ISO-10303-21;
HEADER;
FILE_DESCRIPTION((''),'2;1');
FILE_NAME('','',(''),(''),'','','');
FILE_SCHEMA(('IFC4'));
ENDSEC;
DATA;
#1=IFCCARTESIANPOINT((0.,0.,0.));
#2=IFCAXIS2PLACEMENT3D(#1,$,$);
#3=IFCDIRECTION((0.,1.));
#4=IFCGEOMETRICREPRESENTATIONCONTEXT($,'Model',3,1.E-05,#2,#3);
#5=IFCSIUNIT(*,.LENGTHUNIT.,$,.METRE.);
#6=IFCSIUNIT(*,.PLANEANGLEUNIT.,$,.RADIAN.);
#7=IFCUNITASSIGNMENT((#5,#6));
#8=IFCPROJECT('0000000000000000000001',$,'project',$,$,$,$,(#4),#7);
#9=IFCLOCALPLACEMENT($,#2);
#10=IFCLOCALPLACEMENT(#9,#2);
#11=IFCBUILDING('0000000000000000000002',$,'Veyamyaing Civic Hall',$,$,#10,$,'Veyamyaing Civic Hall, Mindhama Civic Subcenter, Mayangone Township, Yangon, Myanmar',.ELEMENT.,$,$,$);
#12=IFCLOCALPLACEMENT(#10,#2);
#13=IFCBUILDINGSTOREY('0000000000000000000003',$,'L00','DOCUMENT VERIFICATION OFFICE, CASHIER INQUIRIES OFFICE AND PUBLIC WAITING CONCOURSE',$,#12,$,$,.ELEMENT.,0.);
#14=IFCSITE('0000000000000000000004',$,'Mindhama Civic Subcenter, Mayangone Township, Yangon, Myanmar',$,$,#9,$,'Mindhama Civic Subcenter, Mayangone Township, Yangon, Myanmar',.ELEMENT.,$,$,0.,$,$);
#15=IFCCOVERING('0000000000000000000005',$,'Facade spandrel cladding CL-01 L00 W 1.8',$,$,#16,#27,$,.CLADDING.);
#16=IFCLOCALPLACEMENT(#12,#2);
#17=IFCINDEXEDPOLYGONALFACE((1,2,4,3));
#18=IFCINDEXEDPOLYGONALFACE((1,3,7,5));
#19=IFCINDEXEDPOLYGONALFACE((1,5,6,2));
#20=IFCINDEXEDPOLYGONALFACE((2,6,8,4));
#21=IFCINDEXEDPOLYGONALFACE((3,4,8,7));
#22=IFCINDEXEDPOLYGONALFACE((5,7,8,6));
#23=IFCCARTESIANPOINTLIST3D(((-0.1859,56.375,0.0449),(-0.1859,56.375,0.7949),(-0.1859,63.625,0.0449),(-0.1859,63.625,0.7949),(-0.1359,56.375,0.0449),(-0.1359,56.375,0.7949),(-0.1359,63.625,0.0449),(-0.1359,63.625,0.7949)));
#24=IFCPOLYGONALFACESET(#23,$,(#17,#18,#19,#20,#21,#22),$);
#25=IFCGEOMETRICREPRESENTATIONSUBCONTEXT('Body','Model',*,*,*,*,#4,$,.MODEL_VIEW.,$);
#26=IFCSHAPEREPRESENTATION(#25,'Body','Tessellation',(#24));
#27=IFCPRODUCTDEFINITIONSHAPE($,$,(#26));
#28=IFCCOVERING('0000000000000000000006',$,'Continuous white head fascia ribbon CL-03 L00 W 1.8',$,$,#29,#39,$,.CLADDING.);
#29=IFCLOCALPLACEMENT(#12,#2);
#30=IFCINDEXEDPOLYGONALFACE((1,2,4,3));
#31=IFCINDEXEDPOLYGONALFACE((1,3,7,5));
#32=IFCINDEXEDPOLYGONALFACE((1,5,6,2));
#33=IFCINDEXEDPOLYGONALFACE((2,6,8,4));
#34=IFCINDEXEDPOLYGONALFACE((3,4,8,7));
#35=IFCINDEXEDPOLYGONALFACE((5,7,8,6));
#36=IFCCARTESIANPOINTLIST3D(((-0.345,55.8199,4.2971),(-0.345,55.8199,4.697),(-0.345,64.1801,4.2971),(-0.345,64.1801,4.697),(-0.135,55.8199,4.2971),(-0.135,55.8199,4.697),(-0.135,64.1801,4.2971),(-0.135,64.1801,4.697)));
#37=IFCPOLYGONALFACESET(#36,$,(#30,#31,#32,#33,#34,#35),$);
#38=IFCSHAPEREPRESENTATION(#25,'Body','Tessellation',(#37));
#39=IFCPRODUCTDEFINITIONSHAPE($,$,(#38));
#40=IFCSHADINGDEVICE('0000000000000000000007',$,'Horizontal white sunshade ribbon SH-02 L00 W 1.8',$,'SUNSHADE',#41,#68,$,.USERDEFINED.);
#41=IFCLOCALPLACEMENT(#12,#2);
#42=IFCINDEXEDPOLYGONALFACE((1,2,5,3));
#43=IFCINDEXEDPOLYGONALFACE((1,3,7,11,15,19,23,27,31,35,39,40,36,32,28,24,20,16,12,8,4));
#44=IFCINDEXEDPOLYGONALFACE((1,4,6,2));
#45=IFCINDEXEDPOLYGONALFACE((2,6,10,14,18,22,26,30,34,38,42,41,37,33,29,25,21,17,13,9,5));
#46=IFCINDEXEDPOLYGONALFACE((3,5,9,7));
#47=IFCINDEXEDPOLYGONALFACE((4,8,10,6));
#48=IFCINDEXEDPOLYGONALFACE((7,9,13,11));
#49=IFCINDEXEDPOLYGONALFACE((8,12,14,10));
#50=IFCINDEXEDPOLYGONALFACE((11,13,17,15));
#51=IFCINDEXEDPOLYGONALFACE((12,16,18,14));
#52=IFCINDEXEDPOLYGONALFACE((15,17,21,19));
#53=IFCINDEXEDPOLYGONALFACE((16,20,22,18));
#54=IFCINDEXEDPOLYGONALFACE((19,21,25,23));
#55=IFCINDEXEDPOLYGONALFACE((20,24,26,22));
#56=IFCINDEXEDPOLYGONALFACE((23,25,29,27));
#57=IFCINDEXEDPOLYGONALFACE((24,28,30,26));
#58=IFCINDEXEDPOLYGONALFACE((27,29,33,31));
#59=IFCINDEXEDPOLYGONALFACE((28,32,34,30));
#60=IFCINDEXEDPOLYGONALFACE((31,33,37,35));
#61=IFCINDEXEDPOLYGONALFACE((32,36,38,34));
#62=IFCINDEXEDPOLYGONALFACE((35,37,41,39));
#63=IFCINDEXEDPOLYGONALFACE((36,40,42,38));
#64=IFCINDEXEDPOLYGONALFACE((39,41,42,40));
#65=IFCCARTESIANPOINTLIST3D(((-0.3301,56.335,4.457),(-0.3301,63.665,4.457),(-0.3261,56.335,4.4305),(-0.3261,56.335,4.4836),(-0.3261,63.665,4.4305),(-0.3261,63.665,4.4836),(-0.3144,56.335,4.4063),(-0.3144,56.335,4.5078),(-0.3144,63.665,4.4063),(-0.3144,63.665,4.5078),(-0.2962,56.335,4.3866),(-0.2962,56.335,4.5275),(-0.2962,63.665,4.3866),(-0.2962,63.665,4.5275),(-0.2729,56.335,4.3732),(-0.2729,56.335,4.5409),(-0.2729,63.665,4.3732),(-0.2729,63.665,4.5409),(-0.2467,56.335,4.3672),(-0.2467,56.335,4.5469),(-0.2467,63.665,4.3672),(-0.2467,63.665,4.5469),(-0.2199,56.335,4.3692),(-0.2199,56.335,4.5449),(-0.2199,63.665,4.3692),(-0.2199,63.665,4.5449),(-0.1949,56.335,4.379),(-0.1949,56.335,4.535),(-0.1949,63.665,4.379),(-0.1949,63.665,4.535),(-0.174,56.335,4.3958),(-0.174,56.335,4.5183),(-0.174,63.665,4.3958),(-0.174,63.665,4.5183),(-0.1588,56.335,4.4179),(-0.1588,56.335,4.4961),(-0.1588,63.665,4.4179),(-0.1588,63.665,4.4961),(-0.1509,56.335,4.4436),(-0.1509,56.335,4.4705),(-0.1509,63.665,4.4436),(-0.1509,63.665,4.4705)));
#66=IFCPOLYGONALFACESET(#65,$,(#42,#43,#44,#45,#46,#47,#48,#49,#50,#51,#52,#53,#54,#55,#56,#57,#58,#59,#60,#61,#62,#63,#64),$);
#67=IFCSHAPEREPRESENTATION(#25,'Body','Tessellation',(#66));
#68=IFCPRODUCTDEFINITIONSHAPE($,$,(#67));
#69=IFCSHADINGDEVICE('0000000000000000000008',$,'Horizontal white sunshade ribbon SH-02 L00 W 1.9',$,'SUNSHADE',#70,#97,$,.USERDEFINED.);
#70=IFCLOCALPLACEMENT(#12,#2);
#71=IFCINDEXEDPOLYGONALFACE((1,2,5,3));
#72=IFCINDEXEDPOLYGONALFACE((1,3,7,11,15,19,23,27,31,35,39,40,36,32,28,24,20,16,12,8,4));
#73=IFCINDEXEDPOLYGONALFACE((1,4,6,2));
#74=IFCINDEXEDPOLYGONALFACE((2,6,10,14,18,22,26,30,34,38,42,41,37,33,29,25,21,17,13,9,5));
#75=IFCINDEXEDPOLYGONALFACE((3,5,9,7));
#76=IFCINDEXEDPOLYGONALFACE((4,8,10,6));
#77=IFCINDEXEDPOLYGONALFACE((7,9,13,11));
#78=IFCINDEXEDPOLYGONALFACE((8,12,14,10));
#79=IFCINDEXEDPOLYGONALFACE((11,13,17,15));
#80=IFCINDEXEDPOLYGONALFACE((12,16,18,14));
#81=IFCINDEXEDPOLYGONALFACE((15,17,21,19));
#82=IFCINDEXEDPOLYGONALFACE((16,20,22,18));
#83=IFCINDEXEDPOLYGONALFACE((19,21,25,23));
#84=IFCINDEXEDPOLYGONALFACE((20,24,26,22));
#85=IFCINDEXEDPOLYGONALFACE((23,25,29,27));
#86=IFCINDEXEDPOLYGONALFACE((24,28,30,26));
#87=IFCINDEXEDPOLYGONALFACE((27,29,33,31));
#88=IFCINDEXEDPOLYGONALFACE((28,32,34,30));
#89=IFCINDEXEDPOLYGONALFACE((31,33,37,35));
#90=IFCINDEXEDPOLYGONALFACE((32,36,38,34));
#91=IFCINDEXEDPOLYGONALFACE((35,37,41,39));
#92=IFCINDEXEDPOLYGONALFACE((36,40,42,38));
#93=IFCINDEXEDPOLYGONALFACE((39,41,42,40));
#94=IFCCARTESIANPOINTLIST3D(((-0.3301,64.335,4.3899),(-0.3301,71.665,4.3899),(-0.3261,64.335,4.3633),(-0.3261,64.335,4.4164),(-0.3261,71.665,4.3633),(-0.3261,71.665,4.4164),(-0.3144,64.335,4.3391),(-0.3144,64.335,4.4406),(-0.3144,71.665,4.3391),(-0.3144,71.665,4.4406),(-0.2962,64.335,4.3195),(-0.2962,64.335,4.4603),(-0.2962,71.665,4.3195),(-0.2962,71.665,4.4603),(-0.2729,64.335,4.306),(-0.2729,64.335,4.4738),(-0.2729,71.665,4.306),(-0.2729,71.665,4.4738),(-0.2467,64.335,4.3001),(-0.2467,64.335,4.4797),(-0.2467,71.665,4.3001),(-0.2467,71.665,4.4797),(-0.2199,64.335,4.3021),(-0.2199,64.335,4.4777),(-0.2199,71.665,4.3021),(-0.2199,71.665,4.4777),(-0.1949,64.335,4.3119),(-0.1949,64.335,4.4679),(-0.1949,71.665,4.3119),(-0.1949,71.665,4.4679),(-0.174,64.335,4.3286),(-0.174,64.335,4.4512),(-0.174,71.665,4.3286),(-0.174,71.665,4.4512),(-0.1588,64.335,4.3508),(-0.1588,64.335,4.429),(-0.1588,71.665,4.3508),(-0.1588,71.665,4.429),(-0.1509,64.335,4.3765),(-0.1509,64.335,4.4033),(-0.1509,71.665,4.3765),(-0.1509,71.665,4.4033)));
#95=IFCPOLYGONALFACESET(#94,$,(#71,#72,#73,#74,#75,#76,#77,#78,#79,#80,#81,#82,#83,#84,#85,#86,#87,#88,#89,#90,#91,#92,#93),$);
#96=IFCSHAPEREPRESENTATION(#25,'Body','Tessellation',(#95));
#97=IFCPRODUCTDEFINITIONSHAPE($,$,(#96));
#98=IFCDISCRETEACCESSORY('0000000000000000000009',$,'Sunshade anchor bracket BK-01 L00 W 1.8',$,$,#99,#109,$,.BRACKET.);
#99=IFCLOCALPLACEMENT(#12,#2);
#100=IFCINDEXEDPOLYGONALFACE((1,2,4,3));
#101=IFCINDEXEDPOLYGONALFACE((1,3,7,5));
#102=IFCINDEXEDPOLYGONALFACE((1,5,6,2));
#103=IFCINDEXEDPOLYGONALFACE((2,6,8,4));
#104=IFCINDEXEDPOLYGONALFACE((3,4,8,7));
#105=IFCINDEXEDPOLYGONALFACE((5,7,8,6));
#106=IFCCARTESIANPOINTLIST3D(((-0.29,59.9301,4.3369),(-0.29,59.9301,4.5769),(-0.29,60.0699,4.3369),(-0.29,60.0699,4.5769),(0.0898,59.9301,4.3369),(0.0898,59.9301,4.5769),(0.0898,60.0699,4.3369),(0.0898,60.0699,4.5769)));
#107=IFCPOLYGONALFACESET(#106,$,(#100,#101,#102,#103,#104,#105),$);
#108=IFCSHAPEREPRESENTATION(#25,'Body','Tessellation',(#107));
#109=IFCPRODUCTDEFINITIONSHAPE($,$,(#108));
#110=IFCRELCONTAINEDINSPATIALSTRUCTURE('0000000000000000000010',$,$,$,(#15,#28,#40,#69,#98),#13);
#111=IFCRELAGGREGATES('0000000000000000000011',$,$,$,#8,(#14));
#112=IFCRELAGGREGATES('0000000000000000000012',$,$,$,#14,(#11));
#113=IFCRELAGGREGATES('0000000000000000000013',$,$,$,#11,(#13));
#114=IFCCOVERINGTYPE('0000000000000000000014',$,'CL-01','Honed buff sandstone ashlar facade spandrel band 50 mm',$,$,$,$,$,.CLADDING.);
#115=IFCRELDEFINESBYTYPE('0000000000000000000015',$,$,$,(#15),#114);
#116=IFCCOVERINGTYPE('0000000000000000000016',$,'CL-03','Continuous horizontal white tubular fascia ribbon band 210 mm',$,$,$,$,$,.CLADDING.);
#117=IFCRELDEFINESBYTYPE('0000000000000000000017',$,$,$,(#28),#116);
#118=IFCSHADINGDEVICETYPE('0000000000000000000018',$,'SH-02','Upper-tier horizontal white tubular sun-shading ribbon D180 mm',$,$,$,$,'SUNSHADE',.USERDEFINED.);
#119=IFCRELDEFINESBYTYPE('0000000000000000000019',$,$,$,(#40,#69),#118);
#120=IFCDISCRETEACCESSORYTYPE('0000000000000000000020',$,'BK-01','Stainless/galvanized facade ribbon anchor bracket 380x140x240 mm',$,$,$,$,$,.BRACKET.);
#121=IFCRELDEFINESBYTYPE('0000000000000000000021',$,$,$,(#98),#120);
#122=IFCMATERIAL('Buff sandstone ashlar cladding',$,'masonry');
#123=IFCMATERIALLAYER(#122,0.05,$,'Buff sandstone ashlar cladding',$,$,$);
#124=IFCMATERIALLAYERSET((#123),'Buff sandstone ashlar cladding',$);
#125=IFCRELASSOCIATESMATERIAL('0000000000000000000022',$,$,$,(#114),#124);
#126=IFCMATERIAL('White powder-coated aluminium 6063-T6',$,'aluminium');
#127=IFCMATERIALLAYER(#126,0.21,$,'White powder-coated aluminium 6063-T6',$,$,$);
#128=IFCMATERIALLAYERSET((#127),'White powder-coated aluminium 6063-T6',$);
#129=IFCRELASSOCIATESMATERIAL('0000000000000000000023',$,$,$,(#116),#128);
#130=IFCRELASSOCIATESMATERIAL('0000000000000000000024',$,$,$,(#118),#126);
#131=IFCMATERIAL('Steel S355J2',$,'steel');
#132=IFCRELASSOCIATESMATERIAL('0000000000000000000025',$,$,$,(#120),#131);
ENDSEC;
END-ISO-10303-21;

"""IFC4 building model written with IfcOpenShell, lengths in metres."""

from ifc_helpers import new_model, si_unit, direction, frame, origin, origin_2d, place, context, subcontext, project, spatial, rectangle, circle, extrude, material, layer, layer_set, material_profile, profile_set, type_object, element, save


model = new_model("IFC4")

# Units and contexts
model_context = context("Model", 3, precision=1e-05, world=origin(), true_north=direction((0.0, 1.0)))
body_context = subcontext(model_context, "Body", "Model", "MODEL_VIEW")
ifc_project = project(units=[si_unit("LENGTHUNIT", "METRE"), si_unit("PLANEANGLEUNIT", "RADIAN")], contexts=[model_context])

# Site, building, storey
site_placement = place(None, origin())
site = spatial("IfcSite", under=ifc_project, at=site_placement, Name="Mindhama Civic Subcenter, Mayangone Township, Yangon, Myanmar", LongName="Mindhama Civic Subcenter, Mayangone Township, Yangon, Myanmar", CompositionType="ELEMENT", RefElevation=0.0)
building_placement = place(site_placement, origin())
building = spatial("IfcBuilding", under=site, at=building_placement, Name="Veyamyaing Civic Hall", LongName="Veyamyaing Civic Hall, Mindhama Civic Subcenter, Mayangone Township, Yangon, Myanmar", CompositionType="ELEMENT")
storey_placement = place(building_placement, origin())
storey = spatial("IfcBuildingStorey", under=building, at=storey_placement, Name="L00", Description="DOCUMENT VERIFICATION OFFICE, CASHIER INQUIRIES OFFICE AND PUBLIC WAITING CONCOURSE", CompositionType="ELEMENT", Elevation=0.0)

# Coverings
ifc_material_1 = material(Name="Buff sandstone ashlar cladding", Category="masonry")
ifc_layer_1 = layer(ifc_material_1, 0.05, Name="Buff sandstone ashlar cladding")
ifc_layer_set_1 = layer_set([ifc_layer_1], Name="Buff sandstone ashlar cladding")
covering_type_1 = type_object("IfcCoveringType", Name="CL-01", Description="Honed buff sandstone ashlar facade spandrel band 50 mm", PredefinedType="CLADDING", material=ifc_layer_set_1)
covering_1_placement = place(storey_placement, frame((-0.1609, 60.0, 0.0449), z_axis=(0.0, 0.0, 1.0), x_axis=(0.0, 1.0, 0.0)))
element("IfcCovering", 1, at=covering_1_placement, inside=storey, type_object=covering_type_1, Name="Facade spandrel cladding CL-01 L00 W 1.8", PredefinedType="CLADDING", context=body_context, shape_type="SweptSolid", body=[
    extrude(rectangle(XDim=7.25, YDim=0.05, at=origin_2d()), origin(), (0.0, 0.0, 1.0), 0.75),
])
ifc_material_2 = material(Name="White powder-coated aluminium 6063-T6", Category="aluminium")
ifc_layer_2 = layer(ifc_material_2, 0.21, Name="White powder-coated aluminium 6063-T6")
ifc_layer_set_2 = layer_set([ifc_layer_2], Name="White powder-coated aluminium 6063-T6")
covering_type_2 = type_object("IfcCoveringType", Name="CL-03", Description="Continuous horizontal white tubular fascia ribbon band 210 mm", PredefinedType="CLADDING", material=ifc_layer_set_2)
covering_2_placement = place(storey_placement, frame((-0.24, 60.0, 4.2971), z_axis=(0.0, 0.0, 1.0), x_axis=(0.0, 1.0, 0.0)))
element("IfcCovering", 2, at=covering_2_placement, inside=storey, type_object=covering_type_2, Name="Continuous white head fascia ribbon CL-03 L00 W 1.8", PredefinedType="CLADDING", context=body_context, shape_type="SweptSolid", body=[
    extrude(rectangle(XDim=8.3601, YDim=0.21, at=origin_2d()), origin(), (0.0, 0.0, 1.0), 0.3999),
])

# Shading devices
ifc_material_profile_1 = material_profile(ifc_material_2, circle(Radius=0.0901, at=origin_2d()), Name="SHADE-TUBE-180")
ifc_profile_set_1 = profile_set([ifc_material_profile_1], Name="White powder-coated aluminium 6063-T6")
shading_device_type = type_object("IfcShadingDeviceType", Name="SH-02", Description="Upper-tier horizontal white tubular sun-shading ribbon D180 mm", ElementType="SUNSHADE", PredefinedType="USERDEFINED", material=ifc_profile_set_1)
for number, where, z_axis, x_axis, name in (
    (3, (-0.24, 56.335, 4.457), (0.0, 1.0, 0.0), (-1.0, 0.0, 0.0), "Horizontal white sunshade ribbon SH-02 L00 W 1.8"),
    (4, (-0.24, 64.335, 4.3899), (0.0, 1.0, 0.0), (-1.0, 0.0, 0.0), "Horizontal white sunshade ribbon SH-02 L00 W 1.9"),
):
    element("IfcShadingDevice", number, at=place(storey_placement, frame(where, z_axis=z_axis, x_axis=x_axis)), inside=storey, type_object=shading_device_type, Name=name, ObjectType="SUNSHADE", PredefinedType="USERDEFINED", context=body_context, shape_type="SweptSolid", body=[
        extrude(circle(Radius=0.0901, at=origin_2d()), origin(), (0.0, 0.0, 1.0), 7.3301),
    ])

# Discrete accessory
ifc_material_3 = material(Name="Steel S355J2", Category="steel")
discrete_accessory_type = type_object("IfcDiscreteAccessoryType", Name="BK-01", Description="Stainless/galvanized facade ribbon anchor bracket 380x140x240 mm", PredefinedType="BRACKET", material=ifc_material_3)
discrete_accessory_placement = place(storey_placement, frame((-0.1001, 60.0, 4.3369), z_axis=(0.0, 0.0, 1.0), x_axis=(-1.0, 0.0, 0.0)))
element("IfcDiscreteAccessory", 5, at=discrete_accessory_placement, inside=storey, type_object=discrete_accessory_type, Name="Sunshade anchor bracket BK-01 L00 W 1.8", PredefinedType="BRACKET", context=body_context, shape_type="SweptSolid", body=[
    extrude(rectangle(XDim=0.3799, YDim=0.1399, at=origin_2d()), origin(), (0.0, 0.0, 1.0), 0.24),
])

save(model, "model.ifc")
